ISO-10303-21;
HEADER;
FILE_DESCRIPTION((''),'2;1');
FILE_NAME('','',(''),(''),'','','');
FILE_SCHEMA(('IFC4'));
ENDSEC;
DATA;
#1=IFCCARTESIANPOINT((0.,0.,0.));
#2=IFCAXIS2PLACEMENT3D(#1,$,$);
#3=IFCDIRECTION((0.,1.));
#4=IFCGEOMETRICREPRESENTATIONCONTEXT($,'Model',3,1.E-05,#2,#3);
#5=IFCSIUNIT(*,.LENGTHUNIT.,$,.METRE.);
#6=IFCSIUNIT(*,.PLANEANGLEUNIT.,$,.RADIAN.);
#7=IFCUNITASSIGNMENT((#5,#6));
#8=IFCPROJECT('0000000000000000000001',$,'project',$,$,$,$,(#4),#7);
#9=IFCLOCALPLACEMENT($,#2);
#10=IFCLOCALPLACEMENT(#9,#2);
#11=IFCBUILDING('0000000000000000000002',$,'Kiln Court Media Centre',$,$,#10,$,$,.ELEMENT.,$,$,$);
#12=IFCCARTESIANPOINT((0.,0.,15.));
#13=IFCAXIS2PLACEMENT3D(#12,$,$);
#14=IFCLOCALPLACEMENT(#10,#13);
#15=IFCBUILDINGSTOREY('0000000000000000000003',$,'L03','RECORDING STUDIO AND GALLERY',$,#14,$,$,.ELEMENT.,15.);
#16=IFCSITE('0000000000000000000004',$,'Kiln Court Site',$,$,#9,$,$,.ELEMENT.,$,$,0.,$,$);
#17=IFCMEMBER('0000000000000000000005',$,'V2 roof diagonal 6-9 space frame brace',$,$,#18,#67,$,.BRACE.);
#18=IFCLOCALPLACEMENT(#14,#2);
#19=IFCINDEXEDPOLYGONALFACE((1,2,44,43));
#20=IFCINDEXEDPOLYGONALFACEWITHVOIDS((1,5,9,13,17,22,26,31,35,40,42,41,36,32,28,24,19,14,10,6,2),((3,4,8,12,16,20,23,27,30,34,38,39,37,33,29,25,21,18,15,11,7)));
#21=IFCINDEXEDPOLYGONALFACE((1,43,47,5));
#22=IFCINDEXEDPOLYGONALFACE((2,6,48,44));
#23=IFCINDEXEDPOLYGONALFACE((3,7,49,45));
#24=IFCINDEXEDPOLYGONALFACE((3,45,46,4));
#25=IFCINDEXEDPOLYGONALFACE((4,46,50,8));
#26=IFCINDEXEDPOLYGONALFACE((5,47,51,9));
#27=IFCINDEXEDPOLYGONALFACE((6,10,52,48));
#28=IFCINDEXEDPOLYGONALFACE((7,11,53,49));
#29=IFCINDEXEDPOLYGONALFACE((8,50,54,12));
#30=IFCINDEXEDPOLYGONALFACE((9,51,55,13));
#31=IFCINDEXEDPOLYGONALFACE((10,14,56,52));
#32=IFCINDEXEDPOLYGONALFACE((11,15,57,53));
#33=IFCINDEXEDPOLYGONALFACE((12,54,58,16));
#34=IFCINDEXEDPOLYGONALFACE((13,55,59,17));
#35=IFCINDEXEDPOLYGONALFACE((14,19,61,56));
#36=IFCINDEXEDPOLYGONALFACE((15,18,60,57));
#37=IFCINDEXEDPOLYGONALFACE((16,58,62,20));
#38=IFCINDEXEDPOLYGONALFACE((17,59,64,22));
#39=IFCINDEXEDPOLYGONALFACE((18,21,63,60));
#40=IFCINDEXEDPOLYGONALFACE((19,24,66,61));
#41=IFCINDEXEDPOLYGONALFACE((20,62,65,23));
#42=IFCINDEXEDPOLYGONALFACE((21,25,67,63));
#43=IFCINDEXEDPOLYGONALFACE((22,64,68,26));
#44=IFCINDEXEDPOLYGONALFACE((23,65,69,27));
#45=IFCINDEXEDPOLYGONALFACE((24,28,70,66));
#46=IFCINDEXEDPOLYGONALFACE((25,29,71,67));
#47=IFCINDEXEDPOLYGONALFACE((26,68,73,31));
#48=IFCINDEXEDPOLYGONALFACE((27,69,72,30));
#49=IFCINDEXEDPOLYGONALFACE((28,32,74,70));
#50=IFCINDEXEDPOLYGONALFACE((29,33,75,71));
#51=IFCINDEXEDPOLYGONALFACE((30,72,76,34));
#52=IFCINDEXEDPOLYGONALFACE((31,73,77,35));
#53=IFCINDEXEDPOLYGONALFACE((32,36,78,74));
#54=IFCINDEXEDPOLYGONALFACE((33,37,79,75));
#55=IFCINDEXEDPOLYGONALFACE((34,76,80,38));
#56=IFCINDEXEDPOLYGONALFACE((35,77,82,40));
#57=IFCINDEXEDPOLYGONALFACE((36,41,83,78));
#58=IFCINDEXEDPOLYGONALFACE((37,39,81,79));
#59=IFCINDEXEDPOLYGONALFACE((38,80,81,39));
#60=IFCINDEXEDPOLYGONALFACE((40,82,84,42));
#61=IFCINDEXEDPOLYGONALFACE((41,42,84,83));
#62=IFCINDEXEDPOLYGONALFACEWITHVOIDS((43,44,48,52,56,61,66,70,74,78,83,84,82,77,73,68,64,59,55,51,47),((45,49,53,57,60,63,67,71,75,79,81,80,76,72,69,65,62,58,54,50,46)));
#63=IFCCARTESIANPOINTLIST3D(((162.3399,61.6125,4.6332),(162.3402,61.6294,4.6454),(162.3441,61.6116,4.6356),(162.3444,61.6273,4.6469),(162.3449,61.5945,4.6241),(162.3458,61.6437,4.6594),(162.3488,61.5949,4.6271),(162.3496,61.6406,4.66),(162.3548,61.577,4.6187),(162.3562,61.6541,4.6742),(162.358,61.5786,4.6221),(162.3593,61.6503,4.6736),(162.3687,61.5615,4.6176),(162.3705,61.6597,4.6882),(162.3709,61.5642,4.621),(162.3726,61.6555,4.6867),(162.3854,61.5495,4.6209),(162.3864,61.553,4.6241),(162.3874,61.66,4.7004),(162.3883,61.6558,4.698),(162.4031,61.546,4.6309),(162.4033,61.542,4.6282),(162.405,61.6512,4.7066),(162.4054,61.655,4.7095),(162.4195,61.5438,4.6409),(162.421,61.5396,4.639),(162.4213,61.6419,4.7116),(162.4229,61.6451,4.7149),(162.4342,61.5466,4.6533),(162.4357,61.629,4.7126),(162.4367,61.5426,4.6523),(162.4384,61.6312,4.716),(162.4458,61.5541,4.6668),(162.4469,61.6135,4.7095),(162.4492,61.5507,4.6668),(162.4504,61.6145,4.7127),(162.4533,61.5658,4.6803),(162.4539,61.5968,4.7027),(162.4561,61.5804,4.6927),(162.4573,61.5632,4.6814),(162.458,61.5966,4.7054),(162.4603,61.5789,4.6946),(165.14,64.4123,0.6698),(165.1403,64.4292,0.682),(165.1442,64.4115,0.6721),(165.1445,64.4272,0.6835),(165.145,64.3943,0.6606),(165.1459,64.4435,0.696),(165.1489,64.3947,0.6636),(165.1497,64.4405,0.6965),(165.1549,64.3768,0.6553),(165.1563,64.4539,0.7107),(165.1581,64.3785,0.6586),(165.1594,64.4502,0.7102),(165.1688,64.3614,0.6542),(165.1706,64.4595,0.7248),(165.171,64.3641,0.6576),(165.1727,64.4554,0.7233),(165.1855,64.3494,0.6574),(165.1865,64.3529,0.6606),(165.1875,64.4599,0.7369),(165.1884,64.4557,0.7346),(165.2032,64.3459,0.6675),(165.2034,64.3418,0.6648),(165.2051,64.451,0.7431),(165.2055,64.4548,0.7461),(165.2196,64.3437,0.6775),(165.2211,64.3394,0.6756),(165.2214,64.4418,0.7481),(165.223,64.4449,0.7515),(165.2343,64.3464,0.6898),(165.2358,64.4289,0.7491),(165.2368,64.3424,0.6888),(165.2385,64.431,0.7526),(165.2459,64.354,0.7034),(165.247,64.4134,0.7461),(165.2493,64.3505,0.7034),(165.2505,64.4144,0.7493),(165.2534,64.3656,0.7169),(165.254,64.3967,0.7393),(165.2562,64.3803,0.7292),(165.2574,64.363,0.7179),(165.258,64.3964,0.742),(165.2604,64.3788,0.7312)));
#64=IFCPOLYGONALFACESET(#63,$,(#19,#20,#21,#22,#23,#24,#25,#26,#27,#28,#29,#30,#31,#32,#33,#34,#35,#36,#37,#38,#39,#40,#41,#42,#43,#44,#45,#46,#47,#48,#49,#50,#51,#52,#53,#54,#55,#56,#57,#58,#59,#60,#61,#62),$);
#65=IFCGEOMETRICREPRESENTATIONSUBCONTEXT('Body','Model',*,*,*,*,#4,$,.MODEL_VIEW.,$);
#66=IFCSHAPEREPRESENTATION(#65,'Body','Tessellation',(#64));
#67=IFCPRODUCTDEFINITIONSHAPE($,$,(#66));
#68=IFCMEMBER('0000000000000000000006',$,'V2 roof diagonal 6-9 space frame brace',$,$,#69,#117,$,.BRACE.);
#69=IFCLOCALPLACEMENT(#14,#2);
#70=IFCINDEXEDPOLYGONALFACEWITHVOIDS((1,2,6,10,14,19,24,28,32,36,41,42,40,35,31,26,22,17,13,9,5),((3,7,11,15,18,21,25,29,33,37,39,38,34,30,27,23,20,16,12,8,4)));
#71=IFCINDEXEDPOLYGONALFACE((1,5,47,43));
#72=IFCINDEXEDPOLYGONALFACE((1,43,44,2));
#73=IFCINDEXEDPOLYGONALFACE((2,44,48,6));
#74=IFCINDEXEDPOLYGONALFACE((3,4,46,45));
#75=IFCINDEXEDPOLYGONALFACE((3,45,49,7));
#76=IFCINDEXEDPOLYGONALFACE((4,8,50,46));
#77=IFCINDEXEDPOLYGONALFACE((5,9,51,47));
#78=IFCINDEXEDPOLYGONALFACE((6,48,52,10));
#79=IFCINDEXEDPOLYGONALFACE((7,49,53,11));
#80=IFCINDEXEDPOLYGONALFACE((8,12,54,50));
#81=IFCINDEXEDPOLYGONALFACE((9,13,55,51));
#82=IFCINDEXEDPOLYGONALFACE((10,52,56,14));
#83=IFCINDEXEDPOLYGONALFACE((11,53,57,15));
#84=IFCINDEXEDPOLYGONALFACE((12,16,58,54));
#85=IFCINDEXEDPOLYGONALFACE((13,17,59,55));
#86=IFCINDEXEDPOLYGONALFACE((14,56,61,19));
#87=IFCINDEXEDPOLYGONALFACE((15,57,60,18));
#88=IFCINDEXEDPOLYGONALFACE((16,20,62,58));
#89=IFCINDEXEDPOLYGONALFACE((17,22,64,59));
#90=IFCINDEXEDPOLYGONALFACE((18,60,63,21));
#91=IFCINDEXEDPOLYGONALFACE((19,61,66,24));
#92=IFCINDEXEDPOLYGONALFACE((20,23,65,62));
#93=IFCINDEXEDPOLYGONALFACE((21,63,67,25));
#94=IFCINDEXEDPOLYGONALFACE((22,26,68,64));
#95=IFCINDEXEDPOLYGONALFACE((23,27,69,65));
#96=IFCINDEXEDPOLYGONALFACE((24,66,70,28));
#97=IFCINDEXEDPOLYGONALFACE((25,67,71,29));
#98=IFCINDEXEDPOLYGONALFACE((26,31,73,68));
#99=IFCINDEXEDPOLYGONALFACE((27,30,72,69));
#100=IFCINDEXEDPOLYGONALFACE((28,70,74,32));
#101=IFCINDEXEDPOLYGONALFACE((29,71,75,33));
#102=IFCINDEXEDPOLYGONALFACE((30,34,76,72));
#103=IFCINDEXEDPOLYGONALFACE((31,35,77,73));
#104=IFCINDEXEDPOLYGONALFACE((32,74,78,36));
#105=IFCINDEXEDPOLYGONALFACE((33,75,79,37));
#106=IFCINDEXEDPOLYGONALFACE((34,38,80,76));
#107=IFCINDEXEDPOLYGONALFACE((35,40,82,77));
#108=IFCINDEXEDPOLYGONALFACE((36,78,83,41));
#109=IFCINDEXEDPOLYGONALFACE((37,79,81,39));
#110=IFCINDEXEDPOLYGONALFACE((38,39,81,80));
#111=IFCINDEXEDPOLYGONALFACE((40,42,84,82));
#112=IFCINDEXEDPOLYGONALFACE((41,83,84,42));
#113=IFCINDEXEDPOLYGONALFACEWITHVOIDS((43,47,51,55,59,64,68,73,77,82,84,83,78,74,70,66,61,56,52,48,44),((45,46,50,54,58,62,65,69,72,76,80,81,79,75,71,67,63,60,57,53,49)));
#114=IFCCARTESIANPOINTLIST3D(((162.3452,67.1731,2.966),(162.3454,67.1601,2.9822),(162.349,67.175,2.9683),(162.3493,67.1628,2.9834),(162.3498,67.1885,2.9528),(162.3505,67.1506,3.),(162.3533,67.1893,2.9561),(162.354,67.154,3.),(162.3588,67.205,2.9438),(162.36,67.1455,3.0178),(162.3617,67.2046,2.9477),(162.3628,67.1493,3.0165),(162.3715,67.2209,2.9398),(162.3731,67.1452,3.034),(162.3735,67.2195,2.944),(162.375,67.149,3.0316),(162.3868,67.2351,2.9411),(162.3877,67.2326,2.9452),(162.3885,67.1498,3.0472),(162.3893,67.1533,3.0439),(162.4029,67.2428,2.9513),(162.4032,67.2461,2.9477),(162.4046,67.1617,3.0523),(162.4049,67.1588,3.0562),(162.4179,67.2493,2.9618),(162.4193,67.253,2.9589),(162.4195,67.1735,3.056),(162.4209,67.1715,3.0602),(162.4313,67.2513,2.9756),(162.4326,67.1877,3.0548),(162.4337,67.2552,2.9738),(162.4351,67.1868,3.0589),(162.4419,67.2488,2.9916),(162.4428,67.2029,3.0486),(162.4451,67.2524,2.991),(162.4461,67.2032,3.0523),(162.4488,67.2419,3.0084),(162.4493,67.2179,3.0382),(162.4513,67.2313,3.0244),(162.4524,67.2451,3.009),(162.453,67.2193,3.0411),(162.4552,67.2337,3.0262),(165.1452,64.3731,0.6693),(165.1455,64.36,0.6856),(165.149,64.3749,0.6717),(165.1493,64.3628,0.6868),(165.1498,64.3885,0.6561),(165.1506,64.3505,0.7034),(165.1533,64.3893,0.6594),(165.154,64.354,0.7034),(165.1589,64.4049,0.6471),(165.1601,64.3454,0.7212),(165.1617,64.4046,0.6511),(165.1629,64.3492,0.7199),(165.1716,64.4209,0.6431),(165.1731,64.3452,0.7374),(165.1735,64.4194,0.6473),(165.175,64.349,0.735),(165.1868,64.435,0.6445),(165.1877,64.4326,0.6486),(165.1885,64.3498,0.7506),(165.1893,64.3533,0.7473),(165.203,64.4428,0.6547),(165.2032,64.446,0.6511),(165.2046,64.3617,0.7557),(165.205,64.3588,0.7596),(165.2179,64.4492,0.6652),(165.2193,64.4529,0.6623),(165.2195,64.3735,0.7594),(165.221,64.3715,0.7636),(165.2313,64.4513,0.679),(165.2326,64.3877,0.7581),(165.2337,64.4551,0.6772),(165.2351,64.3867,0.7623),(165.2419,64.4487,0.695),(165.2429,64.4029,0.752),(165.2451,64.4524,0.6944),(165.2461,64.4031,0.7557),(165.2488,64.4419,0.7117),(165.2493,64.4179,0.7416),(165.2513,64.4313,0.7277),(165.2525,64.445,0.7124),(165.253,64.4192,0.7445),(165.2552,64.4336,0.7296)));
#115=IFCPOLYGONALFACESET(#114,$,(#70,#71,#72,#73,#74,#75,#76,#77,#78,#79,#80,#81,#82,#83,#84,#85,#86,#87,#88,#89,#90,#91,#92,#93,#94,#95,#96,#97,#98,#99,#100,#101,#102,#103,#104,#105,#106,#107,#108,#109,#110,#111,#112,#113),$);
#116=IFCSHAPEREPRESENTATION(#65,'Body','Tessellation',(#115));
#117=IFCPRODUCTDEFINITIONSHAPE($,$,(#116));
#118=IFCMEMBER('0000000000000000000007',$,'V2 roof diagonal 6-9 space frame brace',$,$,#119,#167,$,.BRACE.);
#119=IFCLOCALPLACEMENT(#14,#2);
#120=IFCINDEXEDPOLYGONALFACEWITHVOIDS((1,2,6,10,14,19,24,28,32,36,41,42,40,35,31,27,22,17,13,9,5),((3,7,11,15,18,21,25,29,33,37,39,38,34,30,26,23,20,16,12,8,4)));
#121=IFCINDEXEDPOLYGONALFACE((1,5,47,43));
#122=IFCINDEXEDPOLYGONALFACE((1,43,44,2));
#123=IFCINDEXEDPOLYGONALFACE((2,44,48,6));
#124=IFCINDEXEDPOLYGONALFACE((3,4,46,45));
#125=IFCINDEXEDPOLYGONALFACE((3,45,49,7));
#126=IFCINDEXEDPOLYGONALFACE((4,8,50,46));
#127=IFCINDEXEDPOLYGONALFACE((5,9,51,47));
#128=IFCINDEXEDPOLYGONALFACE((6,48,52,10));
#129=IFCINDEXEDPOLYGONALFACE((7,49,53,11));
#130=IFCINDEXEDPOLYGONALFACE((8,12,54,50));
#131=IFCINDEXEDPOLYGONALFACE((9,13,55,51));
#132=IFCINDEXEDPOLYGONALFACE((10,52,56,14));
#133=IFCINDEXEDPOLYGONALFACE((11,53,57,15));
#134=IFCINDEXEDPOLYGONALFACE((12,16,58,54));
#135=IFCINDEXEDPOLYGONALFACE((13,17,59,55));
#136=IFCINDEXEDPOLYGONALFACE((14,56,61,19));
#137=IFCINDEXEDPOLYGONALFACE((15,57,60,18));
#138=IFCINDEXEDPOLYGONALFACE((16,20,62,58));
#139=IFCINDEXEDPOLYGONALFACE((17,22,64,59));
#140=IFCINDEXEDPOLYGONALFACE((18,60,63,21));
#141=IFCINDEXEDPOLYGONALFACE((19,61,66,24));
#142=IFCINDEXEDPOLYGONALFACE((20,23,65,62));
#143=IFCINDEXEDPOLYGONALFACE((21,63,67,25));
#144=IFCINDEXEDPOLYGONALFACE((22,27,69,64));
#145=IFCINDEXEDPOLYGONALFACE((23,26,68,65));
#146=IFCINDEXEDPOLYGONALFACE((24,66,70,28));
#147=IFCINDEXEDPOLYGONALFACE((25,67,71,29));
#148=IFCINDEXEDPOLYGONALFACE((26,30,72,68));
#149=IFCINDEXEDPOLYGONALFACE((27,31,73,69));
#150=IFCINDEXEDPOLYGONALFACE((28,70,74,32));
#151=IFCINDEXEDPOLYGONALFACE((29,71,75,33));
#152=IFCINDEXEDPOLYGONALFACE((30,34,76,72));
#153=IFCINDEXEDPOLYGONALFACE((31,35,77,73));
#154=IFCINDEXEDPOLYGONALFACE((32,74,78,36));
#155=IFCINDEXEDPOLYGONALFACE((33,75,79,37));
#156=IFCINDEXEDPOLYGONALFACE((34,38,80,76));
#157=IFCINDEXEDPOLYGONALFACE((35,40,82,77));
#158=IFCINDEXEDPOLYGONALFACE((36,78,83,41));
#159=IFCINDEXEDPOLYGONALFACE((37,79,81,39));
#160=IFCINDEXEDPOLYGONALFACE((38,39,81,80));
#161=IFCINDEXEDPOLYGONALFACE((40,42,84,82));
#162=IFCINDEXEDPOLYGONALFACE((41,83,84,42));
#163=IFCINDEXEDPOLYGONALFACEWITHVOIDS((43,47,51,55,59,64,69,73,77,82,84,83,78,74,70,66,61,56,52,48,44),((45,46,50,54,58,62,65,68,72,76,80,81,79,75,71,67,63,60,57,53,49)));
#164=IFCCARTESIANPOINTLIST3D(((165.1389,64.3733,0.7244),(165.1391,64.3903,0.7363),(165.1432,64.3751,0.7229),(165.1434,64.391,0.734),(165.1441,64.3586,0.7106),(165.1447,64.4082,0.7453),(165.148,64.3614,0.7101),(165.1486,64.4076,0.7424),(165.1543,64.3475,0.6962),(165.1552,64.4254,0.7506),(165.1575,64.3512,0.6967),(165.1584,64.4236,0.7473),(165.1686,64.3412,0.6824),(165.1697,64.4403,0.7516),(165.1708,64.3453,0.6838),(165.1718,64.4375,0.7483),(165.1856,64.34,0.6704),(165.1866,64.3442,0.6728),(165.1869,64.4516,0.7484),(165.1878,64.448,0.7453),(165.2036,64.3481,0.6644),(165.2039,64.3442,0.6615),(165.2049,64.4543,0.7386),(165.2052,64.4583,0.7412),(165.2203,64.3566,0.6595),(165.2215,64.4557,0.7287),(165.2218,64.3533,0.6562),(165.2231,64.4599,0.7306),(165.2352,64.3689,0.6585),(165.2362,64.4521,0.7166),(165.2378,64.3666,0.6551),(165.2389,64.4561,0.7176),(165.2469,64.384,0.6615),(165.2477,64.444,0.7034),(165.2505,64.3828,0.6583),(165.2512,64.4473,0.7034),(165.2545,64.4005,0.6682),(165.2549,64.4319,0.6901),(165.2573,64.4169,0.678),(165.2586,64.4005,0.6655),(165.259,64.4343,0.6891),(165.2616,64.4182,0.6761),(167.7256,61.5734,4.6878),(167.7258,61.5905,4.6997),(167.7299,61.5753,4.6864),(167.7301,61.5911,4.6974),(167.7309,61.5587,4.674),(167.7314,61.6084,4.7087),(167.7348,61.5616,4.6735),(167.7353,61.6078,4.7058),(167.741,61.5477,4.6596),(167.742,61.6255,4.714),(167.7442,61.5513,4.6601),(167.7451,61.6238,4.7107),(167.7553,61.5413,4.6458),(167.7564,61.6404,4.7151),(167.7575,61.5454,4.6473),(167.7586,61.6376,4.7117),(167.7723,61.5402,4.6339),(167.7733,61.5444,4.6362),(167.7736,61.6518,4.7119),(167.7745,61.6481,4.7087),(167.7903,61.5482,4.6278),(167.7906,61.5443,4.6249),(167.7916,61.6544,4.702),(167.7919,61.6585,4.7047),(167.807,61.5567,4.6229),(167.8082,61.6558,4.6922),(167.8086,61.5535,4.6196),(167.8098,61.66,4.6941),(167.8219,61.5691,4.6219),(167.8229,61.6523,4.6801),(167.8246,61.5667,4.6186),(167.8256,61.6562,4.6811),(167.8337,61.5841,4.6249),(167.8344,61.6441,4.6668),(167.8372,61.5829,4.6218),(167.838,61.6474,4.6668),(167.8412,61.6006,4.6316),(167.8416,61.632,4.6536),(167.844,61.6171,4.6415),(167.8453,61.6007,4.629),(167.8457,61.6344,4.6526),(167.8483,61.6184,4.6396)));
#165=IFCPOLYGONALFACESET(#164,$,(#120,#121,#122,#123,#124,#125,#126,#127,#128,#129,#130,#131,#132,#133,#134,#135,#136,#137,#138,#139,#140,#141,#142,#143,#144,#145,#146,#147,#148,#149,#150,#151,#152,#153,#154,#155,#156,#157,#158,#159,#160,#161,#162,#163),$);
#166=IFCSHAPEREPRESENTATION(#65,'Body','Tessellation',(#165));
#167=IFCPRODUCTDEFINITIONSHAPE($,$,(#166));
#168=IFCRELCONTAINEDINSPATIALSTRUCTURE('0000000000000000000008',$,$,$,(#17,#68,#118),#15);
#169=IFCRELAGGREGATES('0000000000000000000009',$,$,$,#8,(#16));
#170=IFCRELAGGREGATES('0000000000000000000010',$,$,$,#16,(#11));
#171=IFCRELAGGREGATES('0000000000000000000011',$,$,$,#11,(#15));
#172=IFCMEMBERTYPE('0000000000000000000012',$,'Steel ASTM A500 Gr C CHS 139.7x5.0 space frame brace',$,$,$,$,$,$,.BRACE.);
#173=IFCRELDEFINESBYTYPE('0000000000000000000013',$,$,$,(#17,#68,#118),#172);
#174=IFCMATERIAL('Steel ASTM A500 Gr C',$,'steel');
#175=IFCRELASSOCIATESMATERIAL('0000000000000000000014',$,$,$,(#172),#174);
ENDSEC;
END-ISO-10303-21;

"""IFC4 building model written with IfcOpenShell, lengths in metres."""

from ifc_helpers import new_model, si_unit, direction, frame, origin, origin_2d, place, context, subcontext, project, spatial, hollow_circle, extrude, material, material_profile, profile_set, type_object, element, save


model = new_model("IFC4")

# Units and contexts
model_context = context("Model", 3, precision=1e-05, world=origin(), true_north=direction((0.0, 1.0)))
body_context = subcontext(model_context, "Body", "Model", "MODEL_VIEW")
ifc_project = project(units=[si_unit("LENGTHUNIT", "METRE"), si_unit("PLANEANGLEUNIT", "RADIAN")], contexts=[model_context])

# Site, building, storey
site_placement = place(None, origin())
site = spatial("IfcSite", under=ifc_project, at=site_placement, Name="Kiln Court Site", CompositionType="ELEMENT", RefElevation=0.0)
building_placement = place(site_placement, origin())
building = spatial("IfcBuilding", under=site, at=building_placement, Name="Kiln Court Media Centre", CompositionType="ELEMENT")
storey_placement = place(building_placement, frame((0.0, 0.0, 15.0)))
storey = spatial("IfcBuildingStorey", under=building, at=storey_placement, Name="L03", Description="RECORDING STUDIO AND GALLERY", CompositionType="ELEMENT", Elevation=15.0)

# Members
ifc_material_1 = material(Name="Steel ASTM A500 Gr C", Category="steel")
ifc_material_profile_1 = material_profile(ifc_material_1, hollow_circle(Radius=0.0698, WallThickness=0.0049, at=origin_2d()), Name="CHS 139.7x5.0")
ifc_profile_set_1 = profile_set([ifc_material_profile_1], Name="Steel ASTM A500 Gr C")
member_type_1 = type_object("IfcMemberType", Name="Steel ASTM A500 Gr C CHS 139.7x5.0 space frame brace", PredefinedType="BRACE", material=ifc_profile_set_1)
member_1_placement = place(storey_placement, frame((165.2, 64.3999, 0.7034), z_axis=(-0.499789, -0.499746, 0.707436), x_axis=(0.707076, -0.707138, 0.0)))
element("IfcMember", 1, at=member_1_placement, inside=storey, type_object=member_type_1, Name="V2 roof diagonal 6-9 space frame brace", PredefinedType="BRACE", context=body_context, shape_type="SweptSolid", body=[
    extrude(hollow_circle(Radius=0.0698, WallThickness=0.0049, at=origin_2d()), origin(), (0.0, 0.0, 1.0), 5.6025),
])
member_2_placement = place(storey_placement, frame((165.2, 64.3999, 0.7034), z_axis=(-0.611676, 0.611676, 0.501703), x_axis=(-0.707107, -0.707107, 0.0)))
element("IfcMember", 2, at=member_2_placement, inside=storey, type_object=member_type_1, Name="V2 roof diagonal 6-9 space frame brace", PredefinedType="BRACE", context=body_context, shape_type="SweptSolid", body=[
    extrude(hollow_circle(Radius=0.0698, WallThickness=0.0049, at=origin_2d()), origin(), (0.0, 0.0, 1.0), 4.5776),
])
member_3_placement = place(storey_placement, frame((165.2, 64.3999, 0.7034), z_axis=(0.470396, -0.509155, 0.720756), x_axis=(0.734511, 0.678597, 0.0)))
element("IfcMember", 3, at=member_3_placement, inside=storey, type_object=member_type_1, Name="V2 roof diagonal 6-9 space frame brace", PredefinedType="BRACE", context=body_context, shape_type="SweptSolid", body=[
    extrude(hollow_circle(Radius=0.0698, WallThickness=0.0049, at=origin_2d()), origin(), (0.0, 0.0, 1.0), 5.499),
])

save(model, "model.ifc")
